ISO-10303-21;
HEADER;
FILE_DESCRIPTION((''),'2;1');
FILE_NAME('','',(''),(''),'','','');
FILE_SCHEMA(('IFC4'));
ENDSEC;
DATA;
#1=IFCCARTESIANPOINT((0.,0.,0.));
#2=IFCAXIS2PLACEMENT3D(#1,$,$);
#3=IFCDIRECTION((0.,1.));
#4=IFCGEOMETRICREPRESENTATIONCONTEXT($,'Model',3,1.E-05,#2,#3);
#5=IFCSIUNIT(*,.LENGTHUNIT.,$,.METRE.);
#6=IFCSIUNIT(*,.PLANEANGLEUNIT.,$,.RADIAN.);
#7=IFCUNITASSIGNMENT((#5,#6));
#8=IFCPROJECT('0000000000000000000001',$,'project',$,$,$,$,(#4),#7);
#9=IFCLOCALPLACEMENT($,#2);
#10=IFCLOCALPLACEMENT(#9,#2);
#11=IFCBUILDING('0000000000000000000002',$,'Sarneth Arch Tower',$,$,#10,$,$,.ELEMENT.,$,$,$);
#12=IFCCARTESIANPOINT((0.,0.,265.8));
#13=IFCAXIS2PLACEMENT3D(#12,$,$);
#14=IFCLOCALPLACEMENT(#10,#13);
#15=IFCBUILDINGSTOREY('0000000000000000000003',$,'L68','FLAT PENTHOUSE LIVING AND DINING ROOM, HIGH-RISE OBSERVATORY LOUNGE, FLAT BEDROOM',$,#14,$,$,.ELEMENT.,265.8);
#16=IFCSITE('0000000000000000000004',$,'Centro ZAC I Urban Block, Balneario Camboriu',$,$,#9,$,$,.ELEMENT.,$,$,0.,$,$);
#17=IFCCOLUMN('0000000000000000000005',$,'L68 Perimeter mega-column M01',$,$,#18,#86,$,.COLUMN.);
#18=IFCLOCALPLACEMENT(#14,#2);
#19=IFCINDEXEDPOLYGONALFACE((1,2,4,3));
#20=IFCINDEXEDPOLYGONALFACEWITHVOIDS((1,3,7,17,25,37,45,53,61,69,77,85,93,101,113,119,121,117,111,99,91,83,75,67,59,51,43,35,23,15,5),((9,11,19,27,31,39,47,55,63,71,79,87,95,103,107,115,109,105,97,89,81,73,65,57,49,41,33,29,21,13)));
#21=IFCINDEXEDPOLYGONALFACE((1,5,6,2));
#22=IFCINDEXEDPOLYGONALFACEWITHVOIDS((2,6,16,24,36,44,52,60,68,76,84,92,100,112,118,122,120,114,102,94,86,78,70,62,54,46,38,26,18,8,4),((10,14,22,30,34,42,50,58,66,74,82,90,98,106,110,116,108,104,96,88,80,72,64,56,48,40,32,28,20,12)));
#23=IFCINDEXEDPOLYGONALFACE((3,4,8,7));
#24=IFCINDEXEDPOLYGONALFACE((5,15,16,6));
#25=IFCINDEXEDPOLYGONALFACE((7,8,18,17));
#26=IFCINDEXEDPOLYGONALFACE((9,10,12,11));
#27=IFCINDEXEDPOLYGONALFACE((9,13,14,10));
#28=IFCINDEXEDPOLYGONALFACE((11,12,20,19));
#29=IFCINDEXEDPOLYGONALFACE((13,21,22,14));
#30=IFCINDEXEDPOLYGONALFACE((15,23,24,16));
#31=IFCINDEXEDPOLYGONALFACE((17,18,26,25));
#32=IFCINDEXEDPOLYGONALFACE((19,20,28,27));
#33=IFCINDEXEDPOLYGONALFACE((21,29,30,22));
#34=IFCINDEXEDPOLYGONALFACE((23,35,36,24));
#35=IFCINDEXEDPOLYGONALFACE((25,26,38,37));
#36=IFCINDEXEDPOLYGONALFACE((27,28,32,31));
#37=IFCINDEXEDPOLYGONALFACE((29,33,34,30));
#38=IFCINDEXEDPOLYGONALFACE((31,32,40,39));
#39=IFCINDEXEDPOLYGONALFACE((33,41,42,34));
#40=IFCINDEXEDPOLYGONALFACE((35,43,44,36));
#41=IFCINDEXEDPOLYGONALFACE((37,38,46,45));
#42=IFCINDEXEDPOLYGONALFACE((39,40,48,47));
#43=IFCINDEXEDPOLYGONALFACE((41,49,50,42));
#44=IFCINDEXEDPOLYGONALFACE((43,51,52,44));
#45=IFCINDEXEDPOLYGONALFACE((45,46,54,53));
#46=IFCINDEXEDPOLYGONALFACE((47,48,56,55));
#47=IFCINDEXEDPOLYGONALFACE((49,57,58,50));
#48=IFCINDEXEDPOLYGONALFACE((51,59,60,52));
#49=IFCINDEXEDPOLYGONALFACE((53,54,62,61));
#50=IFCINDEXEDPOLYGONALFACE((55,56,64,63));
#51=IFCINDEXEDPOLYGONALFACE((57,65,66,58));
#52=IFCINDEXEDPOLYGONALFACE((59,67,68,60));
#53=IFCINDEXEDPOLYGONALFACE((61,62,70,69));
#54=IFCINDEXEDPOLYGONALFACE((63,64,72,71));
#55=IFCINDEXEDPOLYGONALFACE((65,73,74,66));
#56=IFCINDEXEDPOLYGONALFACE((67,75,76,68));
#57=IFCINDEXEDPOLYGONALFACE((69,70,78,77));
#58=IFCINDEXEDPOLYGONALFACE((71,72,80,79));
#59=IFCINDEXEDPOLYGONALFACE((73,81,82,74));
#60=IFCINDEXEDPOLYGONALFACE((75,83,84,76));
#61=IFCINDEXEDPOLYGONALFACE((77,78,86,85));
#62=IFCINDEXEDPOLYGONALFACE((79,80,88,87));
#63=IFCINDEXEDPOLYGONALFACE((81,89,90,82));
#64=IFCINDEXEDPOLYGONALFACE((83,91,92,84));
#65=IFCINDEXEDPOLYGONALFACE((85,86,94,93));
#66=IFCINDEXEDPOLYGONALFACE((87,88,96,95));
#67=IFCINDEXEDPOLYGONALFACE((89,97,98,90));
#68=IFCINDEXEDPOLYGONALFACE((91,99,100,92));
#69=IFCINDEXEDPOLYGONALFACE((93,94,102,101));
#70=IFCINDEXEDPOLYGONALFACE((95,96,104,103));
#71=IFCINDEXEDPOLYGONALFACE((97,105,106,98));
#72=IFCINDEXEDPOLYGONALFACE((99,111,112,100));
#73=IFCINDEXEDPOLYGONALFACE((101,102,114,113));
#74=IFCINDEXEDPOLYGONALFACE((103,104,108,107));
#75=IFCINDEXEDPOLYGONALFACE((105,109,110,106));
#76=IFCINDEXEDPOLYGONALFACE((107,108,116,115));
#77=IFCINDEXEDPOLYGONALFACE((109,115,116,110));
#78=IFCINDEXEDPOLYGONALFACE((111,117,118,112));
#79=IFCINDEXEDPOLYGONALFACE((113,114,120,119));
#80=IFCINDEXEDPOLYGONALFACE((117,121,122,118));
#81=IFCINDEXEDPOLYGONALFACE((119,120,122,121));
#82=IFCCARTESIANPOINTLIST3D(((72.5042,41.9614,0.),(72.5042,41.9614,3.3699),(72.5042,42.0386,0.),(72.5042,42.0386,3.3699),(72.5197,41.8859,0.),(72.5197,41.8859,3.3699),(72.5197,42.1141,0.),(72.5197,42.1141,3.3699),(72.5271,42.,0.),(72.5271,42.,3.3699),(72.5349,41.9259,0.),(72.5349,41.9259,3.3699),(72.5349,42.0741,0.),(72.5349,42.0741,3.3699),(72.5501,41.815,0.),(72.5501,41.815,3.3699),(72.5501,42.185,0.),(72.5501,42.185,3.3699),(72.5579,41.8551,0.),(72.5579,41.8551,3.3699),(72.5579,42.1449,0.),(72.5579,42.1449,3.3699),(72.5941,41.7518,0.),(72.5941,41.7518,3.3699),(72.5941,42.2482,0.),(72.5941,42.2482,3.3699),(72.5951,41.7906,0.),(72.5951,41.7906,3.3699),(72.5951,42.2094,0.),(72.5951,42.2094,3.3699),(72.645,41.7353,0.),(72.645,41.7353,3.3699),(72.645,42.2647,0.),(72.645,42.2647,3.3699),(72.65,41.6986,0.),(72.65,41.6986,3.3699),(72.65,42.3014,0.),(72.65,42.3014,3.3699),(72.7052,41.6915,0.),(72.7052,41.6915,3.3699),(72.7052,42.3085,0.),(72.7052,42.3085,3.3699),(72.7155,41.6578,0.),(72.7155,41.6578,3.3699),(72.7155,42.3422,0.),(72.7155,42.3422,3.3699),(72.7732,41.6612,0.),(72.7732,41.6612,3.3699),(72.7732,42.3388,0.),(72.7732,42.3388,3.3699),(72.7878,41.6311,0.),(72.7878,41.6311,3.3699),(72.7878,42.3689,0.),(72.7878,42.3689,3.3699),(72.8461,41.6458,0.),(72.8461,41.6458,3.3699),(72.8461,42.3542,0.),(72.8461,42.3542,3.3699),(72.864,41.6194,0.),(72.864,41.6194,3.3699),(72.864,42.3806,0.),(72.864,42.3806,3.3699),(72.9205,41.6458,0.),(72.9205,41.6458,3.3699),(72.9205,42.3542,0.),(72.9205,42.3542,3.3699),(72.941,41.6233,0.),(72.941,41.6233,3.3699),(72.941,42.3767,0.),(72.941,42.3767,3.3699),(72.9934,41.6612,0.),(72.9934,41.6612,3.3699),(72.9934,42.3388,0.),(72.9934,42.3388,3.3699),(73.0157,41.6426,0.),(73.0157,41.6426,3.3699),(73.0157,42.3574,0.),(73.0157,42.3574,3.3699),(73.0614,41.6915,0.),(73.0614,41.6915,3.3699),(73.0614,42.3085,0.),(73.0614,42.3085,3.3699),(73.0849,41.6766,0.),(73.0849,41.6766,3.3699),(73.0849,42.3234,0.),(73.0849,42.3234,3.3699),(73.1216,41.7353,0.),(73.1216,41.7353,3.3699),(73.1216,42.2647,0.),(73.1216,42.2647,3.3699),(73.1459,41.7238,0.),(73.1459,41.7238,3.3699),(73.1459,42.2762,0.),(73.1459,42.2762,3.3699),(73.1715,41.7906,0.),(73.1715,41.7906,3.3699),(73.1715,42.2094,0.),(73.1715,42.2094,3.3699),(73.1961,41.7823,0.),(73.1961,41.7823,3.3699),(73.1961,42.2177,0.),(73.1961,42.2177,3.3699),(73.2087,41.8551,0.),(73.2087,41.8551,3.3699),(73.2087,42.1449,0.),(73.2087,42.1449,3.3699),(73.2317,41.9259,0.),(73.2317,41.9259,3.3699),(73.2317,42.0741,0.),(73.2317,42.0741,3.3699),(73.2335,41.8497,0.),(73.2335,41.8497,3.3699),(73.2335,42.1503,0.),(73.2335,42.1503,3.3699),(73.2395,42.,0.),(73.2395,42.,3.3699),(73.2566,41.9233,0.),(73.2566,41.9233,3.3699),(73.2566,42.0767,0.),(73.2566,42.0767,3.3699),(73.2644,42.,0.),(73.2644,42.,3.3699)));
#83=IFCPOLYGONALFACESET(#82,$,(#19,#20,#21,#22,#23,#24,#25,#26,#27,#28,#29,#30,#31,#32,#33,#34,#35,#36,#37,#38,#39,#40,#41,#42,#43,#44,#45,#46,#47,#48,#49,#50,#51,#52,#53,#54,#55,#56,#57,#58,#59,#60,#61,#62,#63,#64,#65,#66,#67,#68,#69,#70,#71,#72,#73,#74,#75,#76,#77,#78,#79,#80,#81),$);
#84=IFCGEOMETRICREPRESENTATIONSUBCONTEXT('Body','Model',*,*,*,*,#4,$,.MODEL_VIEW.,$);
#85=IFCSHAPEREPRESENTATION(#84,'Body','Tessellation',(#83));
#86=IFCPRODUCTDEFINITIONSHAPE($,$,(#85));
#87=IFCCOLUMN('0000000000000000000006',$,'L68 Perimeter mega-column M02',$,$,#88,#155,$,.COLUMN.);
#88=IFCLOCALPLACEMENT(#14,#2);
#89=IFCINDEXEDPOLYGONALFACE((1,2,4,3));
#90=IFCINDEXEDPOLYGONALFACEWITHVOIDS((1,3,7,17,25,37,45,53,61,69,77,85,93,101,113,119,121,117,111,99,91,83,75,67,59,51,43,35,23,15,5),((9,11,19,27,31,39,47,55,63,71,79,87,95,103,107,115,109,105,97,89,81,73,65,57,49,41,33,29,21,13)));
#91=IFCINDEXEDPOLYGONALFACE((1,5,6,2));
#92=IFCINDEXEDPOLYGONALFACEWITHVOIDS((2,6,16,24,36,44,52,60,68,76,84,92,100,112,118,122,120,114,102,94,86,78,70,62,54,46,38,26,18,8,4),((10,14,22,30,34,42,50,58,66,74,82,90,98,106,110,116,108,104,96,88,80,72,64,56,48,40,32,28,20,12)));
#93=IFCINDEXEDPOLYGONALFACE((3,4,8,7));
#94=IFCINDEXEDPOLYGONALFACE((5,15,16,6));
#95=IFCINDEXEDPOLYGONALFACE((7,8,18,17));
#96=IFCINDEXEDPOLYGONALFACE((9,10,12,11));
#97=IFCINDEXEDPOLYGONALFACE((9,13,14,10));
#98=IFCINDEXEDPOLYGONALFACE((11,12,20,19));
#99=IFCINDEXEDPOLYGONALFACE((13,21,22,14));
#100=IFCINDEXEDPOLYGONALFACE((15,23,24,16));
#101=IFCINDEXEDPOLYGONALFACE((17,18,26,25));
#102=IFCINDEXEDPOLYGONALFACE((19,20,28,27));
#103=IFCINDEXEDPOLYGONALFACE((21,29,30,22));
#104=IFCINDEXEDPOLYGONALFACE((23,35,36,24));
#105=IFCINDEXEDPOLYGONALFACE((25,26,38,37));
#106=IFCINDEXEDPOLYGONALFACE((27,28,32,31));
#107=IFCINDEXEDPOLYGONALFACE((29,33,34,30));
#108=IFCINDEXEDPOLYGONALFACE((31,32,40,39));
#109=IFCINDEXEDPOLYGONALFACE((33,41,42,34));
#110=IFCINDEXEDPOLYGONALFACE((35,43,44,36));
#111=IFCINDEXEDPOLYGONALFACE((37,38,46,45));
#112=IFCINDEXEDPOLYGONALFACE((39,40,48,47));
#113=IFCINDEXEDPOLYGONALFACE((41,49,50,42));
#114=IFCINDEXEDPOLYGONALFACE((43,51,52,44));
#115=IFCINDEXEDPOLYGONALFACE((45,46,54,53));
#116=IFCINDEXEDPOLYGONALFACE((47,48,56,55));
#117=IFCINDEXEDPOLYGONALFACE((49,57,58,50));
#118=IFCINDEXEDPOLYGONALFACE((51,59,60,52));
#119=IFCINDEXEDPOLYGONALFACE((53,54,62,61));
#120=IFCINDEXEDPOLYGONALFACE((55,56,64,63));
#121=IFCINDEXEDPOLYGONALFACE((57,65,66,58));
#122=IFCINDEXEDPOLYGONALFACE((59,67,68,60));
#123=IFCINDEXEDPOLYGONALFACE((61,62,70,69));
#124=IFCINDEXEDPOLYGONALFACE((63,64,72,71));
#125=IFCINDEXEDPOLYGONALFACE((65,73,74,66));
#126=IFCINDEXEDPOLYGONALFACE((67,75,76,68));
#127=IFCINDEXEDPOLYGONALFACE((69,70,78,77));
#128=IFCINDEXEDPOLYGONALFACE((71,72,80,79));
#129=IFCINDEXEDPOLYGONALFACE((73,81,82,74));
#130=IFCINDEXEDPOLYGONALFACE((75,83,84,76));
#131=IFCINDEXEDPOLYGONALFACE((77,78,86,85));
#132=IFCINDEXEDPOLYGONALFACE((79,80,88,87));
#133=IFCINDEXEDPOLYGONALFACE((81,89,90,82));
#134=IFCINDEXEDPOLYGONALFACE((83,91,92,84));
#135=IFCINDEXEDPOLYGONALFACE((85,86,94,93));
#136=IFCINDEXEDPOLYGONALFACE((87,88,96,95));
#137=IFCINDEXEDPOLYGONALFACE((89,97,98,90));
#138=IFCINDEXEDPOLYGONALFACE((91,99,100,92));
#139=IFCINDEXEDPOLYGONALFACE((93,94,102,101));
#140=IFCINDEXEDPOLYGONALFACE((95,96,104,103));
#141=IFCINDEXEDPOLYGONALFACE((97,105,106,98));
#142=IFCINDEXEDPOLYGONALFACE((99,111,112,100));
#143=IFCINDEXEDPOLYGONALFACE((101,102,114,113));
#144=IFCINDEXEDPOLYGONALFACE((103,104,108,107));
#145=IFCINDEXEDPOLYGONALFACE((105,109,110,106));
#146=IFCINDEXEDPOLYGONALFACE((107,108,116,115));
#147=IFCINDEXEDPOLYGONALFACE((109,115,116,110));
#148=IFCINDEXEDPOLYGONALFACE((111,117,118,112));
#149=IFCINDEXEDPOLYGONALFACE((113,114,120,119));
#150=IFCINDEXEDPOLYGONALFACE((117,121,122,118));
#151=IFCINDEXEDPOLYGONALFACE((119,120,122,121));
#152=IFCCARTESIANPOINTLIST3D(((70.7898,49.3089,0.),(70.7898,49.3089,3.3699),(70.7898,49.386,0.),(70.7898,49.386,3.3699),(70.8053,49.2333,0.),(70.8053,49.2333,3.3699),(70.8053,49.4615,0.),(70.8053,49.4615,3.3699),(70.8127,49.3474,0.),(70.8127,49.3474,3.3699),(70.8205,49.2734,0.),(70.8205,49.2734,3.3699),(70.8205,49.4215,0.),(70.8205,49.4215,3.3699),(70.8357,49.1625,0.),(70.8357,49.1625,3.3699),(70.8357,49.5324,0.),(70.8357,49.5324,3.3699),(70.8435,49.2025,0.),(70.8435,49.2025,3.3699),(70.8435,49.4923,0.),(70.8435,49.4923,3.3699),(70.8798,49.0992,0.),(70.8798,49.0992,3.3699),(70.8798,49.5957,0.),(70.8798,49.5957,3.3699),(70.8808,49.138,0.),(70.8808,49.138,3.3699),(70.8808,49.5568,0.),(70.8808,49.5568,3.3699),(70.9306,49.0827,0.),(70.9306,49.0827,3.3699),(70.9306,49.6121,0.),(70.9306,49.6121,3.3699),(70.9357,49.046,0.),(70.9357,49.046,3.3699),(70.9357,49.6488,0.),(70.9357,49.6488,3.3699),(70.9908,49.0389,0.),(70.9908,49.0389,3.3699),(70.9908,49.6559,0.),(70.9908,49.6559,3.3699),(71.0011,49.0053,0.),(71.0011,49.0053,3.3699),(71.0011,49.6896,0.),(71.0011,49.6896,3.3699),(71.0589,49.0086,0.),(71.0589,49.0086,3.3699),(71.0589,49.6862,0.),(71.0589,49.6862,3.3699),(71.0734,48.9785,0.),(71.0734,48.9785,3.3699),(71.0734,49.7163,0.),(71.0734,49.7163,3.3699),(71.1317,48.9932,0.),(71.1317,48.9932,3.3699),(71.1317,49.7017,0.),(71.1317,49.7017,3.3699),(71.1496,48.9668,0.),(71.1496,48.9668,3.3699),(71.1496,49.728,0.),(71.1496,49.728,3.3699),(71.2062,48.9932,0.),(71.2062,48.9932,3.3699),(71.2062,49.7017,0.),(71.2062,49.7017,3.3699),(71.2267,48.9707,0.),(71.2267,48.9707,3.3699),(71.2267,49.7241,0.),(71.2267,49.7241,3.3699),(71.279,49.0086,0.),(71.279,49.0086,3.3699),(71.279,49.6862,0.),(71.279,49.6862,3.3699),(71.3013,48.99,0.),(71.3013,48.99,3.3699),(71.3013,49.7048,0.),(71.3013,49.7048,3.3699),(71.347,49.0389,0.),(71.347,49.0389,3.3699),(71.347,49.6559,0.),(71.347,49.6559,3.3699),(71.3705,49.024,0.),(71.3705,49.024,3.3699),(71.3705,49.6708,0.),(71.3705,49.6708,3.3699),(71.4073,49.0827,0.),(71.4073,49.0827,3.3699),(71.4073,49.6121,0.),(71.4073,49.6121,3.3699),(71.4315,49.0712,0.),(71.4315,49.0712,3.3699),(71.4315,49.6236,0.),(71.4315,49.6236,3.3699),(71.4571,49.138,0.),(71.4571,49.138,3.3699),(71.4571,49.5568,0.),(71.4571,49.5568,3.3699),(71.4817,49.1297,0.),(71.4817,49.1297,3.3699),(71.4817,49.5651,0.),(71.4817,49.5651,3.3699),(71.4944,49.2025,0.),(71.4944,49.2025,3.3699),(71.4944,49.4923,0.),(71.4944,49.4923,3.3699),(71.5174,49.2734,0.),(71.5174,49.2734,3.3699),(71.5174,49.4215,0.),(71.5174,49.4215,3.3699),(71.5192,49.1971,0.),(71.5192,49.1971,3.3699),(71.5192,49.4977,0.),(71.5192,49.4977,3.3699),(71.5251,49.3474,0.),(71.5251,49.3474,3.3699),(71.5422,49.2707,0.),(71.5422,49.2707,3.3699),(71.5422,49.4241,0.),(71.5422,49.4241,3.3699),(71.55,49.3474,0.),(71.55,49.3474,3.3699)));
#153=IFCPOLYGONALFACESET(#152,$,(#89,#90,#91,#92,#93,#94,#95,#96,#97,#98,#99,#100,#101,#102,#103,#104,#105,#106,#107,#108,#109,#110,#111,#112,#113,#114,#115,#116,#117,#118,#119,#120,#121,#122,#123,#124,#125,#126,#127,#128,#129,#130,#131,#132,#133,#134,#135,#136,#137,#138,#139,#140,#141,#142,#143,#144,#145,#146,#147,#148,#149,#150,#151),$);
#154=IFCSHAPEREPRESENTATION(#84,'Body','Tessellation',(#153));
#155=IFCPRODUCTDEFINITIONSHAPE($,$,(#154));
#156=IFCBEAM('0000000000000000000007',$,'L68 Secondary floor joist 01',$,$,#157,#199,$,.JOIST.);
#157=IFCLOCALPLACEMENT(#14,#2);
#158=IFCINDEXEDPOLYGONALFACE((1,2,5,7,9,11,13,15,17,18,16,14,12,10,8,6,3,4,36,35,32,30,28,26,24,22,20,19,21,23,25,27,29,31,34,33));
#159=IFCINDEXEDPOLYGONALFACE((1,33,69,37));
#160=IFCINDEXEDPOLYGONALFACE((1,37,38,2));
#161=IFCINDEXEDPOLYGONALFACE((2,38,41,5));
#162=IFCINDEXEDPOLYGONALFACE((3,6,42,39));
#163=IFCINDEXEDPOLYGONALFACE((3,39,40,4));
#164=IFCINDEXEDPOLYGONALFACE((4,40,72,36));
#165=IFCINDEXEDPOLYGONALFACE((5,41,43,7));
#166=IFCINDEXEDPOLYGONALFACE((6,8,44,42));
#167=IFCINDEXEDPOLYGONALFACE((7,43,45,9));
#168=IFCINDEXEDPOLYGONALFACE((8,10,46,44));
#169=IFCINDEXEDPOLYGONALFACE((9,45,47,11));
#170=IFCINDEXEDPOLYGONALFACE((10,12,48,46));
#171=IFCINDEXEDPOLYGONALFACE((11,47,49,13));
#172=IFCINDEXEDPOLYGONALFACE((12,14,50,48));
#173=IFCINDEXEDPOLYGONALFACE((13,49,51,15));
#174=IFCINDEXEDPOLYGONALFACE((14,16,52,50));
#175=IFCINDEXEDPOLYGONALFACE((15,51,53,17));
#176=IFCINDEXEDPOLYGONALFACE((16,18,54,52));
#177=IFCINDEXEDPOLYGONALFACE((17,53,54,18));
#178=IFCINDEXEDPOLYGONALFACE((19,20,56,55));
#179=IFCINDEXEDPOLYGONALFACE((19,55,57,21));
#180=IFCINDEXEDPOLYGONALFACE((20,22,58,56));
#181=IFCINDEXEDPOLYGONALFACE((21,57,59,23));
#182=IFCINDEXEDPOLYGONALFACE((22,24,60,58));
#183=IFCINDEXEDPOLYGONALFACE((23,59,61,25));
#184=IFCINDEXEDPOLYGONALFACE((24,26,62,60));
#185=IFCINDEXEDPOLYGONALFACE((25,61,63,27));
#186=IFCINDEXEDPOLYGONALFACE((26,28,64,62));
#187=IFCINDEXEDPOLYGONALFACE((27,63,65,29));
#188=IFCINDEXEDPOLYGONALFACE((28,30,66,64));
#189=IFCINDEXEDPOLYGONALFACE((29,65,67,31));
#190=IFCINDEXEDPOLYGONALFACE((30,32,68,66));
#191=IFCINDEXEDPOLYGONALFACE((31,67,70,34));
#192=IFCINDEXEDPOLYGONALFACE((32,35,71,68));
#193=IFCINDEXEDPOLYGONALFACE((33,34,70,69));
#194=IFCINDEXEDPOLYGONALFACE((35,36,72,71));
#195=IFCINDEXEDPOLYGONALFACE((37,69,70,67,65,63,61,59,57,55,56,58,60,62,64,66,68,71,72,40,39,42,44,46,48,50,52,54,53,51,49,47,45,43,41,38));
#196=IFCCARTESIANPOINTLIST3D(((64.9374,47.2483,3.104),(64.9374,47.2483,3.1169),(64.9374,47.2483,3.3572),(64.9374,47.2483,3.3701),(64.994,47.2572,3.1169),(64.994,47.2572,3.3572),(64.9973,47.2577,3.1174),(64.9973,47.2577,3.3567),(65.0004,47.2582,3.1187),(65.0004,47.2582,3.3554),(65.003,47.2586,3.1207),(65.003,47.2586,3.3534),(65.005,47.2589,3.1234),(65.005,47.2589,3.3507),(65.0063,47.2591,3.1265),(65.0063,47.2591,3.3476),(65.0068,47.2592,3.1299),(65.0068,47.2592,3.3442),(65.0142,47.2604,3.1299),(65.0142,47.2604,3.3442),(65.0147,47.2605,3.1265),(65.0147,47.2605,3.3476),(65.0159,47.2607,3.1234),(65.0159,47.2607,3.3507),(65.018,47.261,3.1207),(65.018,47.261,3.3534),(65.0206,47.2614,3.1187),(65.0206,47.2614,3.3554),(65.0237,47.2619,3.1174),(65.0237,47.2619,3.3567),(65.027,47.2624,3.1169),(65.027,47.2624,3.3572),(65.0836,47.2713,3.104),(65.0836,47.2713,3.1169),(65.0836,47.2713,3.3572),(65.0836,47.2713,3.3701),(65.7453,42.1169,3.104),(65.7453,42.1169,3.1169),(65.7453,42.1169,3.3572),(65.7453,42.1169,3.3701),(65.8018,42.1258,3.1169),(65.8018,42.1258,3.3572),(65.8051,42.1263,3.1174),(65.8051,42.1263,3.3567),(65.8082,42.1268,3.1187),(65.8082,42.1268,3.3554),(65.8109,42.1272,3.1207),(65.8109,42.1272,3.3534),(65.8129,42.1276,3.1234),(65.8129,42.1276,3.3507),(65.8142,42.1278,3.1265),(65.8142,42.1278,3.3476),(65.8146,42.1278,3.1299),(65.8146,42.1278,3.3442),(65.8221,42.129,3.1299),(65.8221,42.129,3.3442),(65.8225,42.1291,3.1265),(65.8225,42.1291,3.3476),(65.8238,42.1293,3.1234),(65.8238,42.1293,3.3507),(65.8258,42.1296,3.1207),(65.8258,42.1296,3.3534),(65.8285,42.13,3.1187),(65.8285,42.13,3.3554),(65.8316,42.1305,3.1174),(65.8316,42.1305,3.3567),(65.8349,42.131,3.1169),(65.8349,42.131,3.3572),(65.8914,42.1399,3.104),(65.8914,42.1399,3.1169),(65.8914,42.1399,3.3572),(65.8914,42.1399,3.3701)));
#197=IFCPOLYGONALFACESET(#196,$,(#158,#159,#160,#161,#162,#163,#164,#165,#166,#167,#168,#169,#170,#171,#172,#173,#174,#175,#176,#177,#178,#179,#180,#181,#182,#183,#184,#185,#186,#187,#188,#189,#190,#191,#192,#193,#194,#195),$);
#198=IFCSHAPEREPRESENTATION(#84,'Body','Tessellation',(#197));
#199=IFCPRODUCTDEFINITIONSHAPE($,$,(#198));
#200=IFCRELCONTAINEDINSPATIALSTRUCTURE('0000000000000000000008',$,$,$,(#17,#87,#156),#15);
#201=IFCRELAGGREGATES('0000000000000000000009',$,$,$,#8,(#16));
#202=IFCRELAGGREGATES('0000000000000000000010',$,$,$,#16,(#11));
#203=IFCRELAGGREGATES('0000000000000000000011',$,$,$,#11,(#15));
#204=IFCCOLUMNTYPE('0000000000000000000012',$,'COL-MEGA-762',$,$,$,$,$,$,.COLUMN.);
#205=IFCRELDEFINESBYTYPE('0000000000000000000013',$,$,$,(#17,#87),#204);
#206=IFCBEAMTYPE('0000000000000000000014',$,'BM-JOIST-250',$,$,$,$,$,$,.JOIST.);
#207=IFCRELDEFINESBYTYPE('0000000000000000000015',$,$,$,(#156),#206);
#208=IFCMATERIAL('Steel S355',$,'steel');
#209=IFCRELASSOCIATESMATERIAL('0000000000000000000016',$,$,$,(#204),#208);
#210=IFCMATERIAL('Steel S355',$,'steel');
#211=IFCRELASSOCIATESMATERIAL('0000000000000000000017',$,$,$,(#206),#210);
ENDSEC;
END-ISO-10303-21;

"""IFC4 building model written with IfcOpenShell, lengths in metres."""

from ifc_helpers import new_model, si_unit, direction, frame, origin, origin_2d, place, context, subcontext, project, spatial, hollow_circle, i_section, extrude, material, material_profile, profile_set, type_object, element, save


model = new_model("IFC4")

# Units and contexts
model_context = context("Model", 3, precision=1e-05, world=origin(), true_north=direction((0.0, 1.0)))
body_context = subcontext(model_context, "Body", "Model", "MODEL_VIEW")
ifc_project = project(units=[si_unit("LENGTHUNIT", "METRE"), si_unit("PLANEANGLEUNIT", "RADIAN")], contexts=[model_context])

# Site, building, storey
site_placement = place(None, origin())
site = spatial("IfcSite", under=ifc_project, at=site_placement, Name="Centro ZAC I Urban Block, Balneario Camboriu", CompositionType="ELEMENT", RefElevation=0.0)
building_placement = place(site_placement, origin())
building = spatial("IfcBuilding", under=site, at=building_placement, Name="Sarneth Arch Tower", CompositionType="ELEMENT")
storey_placement = place(building_placement, frame((0.0, 0.0, 265.8)))
storey = spatial("IfcBuildingStorey", under=building, at=storey_placement, Name="L68", Description="FLAT PENTHOUSE LIVING AND DINING ROOM, HIGH-RISE OBSERVATORY LOUNGE, FLAT BEDROOM", CompositionType="ELEMENT", Elevation=265.8)

# Columns
ifc_material_1 = material(Name="Steel S355", Category="steel")
ifc_material_profile_1 = material_profile(ifc_material_1, hollow_circle(Radius=0.3811, WallThickness=0.0249, at=origin_2d()), Name="CHS762x25")
ifc_profile_set_1 = profile_set([ifc_material_profile_1], Name="Steel S355")
column_type = type_object("IfcColumnType", Name="COL-MEGA-762", PredefinedType="COLUMN", material=ifc_profile_set_1)
for number, where, z_axis, x_axis, name in (
    (1, (72.8833, 42.0, 0.0), (0.0, 0.0, 1.0), (1.0, 0.0, 0.0), "L68 Perimeter mega-column M01"),
    (2, (71.1689, 49.3474, 0.0), (0.0, 0.0, 1.0), (1.0, 0.0, 0.0), "L68 Perimeter mega-column M02"),
):
    element("IfcColumn", number, at=place(storey_placement, frame(where, z_axis=z_axis, x_axis=x_axis)), inside=storey, type_object=column_type, Name=name, PredefinedType="COLUMN", context=body_context, shape_type="SweptSolid", body=[
        extrude(hollow_circle(Radius=0.3811, WallThickness=0.0249, at=origin_2d()), origin(), (0.0, 0.0, 1.0), 3.3699),
    ])

# Beam
ifc_material_2 = material(Name="Steel S355", Category="steel")
ifc_material_profile_2 = material_profile(ifc_material_2, i_section(OverallWidth=0.1479, OverallDepth=0.2661, WebThickness=0.0076, FlangeThickness=0.0129, FilletRadius=0.0129, at=origin_2d()), Name="W250x44.8")
ifc_profile_set_2 = profile_set([ifc_material_profile_2], Name="Steel S355")
beam_type_1 = type_object("IfcBeamType", Name="BM-JOIST-250", PredefinedType="JOIST", material=ifc_profile_set_2)
beam_1_placement = place(storey_placement, frame((65.8184, 42.1284, 3.2371), z_axis=(-0.155521, 0.987833, 0.0), x_axis=(-0.987833, -0.155521, 0.0)))
element("IfcBeam", 3, at=beam_1_placement, inside=storey, type_object=beam_type_1, Name="L68 Secondary floor joist 01", PredefinedType="JOIST", context=body_context, shape_type="SweptSolid", body=[
    extrude(i_section(OverallWidth=0.1479, OverallDepth=0.2661, WebThickness=0.0076, FlangeThickness=0.0129, FilletRadius=0.0129, at=origin_2d()), origin(), (0.0, 0.0, 1.0), 5.1946),
])

save(model, "model.ifc")
